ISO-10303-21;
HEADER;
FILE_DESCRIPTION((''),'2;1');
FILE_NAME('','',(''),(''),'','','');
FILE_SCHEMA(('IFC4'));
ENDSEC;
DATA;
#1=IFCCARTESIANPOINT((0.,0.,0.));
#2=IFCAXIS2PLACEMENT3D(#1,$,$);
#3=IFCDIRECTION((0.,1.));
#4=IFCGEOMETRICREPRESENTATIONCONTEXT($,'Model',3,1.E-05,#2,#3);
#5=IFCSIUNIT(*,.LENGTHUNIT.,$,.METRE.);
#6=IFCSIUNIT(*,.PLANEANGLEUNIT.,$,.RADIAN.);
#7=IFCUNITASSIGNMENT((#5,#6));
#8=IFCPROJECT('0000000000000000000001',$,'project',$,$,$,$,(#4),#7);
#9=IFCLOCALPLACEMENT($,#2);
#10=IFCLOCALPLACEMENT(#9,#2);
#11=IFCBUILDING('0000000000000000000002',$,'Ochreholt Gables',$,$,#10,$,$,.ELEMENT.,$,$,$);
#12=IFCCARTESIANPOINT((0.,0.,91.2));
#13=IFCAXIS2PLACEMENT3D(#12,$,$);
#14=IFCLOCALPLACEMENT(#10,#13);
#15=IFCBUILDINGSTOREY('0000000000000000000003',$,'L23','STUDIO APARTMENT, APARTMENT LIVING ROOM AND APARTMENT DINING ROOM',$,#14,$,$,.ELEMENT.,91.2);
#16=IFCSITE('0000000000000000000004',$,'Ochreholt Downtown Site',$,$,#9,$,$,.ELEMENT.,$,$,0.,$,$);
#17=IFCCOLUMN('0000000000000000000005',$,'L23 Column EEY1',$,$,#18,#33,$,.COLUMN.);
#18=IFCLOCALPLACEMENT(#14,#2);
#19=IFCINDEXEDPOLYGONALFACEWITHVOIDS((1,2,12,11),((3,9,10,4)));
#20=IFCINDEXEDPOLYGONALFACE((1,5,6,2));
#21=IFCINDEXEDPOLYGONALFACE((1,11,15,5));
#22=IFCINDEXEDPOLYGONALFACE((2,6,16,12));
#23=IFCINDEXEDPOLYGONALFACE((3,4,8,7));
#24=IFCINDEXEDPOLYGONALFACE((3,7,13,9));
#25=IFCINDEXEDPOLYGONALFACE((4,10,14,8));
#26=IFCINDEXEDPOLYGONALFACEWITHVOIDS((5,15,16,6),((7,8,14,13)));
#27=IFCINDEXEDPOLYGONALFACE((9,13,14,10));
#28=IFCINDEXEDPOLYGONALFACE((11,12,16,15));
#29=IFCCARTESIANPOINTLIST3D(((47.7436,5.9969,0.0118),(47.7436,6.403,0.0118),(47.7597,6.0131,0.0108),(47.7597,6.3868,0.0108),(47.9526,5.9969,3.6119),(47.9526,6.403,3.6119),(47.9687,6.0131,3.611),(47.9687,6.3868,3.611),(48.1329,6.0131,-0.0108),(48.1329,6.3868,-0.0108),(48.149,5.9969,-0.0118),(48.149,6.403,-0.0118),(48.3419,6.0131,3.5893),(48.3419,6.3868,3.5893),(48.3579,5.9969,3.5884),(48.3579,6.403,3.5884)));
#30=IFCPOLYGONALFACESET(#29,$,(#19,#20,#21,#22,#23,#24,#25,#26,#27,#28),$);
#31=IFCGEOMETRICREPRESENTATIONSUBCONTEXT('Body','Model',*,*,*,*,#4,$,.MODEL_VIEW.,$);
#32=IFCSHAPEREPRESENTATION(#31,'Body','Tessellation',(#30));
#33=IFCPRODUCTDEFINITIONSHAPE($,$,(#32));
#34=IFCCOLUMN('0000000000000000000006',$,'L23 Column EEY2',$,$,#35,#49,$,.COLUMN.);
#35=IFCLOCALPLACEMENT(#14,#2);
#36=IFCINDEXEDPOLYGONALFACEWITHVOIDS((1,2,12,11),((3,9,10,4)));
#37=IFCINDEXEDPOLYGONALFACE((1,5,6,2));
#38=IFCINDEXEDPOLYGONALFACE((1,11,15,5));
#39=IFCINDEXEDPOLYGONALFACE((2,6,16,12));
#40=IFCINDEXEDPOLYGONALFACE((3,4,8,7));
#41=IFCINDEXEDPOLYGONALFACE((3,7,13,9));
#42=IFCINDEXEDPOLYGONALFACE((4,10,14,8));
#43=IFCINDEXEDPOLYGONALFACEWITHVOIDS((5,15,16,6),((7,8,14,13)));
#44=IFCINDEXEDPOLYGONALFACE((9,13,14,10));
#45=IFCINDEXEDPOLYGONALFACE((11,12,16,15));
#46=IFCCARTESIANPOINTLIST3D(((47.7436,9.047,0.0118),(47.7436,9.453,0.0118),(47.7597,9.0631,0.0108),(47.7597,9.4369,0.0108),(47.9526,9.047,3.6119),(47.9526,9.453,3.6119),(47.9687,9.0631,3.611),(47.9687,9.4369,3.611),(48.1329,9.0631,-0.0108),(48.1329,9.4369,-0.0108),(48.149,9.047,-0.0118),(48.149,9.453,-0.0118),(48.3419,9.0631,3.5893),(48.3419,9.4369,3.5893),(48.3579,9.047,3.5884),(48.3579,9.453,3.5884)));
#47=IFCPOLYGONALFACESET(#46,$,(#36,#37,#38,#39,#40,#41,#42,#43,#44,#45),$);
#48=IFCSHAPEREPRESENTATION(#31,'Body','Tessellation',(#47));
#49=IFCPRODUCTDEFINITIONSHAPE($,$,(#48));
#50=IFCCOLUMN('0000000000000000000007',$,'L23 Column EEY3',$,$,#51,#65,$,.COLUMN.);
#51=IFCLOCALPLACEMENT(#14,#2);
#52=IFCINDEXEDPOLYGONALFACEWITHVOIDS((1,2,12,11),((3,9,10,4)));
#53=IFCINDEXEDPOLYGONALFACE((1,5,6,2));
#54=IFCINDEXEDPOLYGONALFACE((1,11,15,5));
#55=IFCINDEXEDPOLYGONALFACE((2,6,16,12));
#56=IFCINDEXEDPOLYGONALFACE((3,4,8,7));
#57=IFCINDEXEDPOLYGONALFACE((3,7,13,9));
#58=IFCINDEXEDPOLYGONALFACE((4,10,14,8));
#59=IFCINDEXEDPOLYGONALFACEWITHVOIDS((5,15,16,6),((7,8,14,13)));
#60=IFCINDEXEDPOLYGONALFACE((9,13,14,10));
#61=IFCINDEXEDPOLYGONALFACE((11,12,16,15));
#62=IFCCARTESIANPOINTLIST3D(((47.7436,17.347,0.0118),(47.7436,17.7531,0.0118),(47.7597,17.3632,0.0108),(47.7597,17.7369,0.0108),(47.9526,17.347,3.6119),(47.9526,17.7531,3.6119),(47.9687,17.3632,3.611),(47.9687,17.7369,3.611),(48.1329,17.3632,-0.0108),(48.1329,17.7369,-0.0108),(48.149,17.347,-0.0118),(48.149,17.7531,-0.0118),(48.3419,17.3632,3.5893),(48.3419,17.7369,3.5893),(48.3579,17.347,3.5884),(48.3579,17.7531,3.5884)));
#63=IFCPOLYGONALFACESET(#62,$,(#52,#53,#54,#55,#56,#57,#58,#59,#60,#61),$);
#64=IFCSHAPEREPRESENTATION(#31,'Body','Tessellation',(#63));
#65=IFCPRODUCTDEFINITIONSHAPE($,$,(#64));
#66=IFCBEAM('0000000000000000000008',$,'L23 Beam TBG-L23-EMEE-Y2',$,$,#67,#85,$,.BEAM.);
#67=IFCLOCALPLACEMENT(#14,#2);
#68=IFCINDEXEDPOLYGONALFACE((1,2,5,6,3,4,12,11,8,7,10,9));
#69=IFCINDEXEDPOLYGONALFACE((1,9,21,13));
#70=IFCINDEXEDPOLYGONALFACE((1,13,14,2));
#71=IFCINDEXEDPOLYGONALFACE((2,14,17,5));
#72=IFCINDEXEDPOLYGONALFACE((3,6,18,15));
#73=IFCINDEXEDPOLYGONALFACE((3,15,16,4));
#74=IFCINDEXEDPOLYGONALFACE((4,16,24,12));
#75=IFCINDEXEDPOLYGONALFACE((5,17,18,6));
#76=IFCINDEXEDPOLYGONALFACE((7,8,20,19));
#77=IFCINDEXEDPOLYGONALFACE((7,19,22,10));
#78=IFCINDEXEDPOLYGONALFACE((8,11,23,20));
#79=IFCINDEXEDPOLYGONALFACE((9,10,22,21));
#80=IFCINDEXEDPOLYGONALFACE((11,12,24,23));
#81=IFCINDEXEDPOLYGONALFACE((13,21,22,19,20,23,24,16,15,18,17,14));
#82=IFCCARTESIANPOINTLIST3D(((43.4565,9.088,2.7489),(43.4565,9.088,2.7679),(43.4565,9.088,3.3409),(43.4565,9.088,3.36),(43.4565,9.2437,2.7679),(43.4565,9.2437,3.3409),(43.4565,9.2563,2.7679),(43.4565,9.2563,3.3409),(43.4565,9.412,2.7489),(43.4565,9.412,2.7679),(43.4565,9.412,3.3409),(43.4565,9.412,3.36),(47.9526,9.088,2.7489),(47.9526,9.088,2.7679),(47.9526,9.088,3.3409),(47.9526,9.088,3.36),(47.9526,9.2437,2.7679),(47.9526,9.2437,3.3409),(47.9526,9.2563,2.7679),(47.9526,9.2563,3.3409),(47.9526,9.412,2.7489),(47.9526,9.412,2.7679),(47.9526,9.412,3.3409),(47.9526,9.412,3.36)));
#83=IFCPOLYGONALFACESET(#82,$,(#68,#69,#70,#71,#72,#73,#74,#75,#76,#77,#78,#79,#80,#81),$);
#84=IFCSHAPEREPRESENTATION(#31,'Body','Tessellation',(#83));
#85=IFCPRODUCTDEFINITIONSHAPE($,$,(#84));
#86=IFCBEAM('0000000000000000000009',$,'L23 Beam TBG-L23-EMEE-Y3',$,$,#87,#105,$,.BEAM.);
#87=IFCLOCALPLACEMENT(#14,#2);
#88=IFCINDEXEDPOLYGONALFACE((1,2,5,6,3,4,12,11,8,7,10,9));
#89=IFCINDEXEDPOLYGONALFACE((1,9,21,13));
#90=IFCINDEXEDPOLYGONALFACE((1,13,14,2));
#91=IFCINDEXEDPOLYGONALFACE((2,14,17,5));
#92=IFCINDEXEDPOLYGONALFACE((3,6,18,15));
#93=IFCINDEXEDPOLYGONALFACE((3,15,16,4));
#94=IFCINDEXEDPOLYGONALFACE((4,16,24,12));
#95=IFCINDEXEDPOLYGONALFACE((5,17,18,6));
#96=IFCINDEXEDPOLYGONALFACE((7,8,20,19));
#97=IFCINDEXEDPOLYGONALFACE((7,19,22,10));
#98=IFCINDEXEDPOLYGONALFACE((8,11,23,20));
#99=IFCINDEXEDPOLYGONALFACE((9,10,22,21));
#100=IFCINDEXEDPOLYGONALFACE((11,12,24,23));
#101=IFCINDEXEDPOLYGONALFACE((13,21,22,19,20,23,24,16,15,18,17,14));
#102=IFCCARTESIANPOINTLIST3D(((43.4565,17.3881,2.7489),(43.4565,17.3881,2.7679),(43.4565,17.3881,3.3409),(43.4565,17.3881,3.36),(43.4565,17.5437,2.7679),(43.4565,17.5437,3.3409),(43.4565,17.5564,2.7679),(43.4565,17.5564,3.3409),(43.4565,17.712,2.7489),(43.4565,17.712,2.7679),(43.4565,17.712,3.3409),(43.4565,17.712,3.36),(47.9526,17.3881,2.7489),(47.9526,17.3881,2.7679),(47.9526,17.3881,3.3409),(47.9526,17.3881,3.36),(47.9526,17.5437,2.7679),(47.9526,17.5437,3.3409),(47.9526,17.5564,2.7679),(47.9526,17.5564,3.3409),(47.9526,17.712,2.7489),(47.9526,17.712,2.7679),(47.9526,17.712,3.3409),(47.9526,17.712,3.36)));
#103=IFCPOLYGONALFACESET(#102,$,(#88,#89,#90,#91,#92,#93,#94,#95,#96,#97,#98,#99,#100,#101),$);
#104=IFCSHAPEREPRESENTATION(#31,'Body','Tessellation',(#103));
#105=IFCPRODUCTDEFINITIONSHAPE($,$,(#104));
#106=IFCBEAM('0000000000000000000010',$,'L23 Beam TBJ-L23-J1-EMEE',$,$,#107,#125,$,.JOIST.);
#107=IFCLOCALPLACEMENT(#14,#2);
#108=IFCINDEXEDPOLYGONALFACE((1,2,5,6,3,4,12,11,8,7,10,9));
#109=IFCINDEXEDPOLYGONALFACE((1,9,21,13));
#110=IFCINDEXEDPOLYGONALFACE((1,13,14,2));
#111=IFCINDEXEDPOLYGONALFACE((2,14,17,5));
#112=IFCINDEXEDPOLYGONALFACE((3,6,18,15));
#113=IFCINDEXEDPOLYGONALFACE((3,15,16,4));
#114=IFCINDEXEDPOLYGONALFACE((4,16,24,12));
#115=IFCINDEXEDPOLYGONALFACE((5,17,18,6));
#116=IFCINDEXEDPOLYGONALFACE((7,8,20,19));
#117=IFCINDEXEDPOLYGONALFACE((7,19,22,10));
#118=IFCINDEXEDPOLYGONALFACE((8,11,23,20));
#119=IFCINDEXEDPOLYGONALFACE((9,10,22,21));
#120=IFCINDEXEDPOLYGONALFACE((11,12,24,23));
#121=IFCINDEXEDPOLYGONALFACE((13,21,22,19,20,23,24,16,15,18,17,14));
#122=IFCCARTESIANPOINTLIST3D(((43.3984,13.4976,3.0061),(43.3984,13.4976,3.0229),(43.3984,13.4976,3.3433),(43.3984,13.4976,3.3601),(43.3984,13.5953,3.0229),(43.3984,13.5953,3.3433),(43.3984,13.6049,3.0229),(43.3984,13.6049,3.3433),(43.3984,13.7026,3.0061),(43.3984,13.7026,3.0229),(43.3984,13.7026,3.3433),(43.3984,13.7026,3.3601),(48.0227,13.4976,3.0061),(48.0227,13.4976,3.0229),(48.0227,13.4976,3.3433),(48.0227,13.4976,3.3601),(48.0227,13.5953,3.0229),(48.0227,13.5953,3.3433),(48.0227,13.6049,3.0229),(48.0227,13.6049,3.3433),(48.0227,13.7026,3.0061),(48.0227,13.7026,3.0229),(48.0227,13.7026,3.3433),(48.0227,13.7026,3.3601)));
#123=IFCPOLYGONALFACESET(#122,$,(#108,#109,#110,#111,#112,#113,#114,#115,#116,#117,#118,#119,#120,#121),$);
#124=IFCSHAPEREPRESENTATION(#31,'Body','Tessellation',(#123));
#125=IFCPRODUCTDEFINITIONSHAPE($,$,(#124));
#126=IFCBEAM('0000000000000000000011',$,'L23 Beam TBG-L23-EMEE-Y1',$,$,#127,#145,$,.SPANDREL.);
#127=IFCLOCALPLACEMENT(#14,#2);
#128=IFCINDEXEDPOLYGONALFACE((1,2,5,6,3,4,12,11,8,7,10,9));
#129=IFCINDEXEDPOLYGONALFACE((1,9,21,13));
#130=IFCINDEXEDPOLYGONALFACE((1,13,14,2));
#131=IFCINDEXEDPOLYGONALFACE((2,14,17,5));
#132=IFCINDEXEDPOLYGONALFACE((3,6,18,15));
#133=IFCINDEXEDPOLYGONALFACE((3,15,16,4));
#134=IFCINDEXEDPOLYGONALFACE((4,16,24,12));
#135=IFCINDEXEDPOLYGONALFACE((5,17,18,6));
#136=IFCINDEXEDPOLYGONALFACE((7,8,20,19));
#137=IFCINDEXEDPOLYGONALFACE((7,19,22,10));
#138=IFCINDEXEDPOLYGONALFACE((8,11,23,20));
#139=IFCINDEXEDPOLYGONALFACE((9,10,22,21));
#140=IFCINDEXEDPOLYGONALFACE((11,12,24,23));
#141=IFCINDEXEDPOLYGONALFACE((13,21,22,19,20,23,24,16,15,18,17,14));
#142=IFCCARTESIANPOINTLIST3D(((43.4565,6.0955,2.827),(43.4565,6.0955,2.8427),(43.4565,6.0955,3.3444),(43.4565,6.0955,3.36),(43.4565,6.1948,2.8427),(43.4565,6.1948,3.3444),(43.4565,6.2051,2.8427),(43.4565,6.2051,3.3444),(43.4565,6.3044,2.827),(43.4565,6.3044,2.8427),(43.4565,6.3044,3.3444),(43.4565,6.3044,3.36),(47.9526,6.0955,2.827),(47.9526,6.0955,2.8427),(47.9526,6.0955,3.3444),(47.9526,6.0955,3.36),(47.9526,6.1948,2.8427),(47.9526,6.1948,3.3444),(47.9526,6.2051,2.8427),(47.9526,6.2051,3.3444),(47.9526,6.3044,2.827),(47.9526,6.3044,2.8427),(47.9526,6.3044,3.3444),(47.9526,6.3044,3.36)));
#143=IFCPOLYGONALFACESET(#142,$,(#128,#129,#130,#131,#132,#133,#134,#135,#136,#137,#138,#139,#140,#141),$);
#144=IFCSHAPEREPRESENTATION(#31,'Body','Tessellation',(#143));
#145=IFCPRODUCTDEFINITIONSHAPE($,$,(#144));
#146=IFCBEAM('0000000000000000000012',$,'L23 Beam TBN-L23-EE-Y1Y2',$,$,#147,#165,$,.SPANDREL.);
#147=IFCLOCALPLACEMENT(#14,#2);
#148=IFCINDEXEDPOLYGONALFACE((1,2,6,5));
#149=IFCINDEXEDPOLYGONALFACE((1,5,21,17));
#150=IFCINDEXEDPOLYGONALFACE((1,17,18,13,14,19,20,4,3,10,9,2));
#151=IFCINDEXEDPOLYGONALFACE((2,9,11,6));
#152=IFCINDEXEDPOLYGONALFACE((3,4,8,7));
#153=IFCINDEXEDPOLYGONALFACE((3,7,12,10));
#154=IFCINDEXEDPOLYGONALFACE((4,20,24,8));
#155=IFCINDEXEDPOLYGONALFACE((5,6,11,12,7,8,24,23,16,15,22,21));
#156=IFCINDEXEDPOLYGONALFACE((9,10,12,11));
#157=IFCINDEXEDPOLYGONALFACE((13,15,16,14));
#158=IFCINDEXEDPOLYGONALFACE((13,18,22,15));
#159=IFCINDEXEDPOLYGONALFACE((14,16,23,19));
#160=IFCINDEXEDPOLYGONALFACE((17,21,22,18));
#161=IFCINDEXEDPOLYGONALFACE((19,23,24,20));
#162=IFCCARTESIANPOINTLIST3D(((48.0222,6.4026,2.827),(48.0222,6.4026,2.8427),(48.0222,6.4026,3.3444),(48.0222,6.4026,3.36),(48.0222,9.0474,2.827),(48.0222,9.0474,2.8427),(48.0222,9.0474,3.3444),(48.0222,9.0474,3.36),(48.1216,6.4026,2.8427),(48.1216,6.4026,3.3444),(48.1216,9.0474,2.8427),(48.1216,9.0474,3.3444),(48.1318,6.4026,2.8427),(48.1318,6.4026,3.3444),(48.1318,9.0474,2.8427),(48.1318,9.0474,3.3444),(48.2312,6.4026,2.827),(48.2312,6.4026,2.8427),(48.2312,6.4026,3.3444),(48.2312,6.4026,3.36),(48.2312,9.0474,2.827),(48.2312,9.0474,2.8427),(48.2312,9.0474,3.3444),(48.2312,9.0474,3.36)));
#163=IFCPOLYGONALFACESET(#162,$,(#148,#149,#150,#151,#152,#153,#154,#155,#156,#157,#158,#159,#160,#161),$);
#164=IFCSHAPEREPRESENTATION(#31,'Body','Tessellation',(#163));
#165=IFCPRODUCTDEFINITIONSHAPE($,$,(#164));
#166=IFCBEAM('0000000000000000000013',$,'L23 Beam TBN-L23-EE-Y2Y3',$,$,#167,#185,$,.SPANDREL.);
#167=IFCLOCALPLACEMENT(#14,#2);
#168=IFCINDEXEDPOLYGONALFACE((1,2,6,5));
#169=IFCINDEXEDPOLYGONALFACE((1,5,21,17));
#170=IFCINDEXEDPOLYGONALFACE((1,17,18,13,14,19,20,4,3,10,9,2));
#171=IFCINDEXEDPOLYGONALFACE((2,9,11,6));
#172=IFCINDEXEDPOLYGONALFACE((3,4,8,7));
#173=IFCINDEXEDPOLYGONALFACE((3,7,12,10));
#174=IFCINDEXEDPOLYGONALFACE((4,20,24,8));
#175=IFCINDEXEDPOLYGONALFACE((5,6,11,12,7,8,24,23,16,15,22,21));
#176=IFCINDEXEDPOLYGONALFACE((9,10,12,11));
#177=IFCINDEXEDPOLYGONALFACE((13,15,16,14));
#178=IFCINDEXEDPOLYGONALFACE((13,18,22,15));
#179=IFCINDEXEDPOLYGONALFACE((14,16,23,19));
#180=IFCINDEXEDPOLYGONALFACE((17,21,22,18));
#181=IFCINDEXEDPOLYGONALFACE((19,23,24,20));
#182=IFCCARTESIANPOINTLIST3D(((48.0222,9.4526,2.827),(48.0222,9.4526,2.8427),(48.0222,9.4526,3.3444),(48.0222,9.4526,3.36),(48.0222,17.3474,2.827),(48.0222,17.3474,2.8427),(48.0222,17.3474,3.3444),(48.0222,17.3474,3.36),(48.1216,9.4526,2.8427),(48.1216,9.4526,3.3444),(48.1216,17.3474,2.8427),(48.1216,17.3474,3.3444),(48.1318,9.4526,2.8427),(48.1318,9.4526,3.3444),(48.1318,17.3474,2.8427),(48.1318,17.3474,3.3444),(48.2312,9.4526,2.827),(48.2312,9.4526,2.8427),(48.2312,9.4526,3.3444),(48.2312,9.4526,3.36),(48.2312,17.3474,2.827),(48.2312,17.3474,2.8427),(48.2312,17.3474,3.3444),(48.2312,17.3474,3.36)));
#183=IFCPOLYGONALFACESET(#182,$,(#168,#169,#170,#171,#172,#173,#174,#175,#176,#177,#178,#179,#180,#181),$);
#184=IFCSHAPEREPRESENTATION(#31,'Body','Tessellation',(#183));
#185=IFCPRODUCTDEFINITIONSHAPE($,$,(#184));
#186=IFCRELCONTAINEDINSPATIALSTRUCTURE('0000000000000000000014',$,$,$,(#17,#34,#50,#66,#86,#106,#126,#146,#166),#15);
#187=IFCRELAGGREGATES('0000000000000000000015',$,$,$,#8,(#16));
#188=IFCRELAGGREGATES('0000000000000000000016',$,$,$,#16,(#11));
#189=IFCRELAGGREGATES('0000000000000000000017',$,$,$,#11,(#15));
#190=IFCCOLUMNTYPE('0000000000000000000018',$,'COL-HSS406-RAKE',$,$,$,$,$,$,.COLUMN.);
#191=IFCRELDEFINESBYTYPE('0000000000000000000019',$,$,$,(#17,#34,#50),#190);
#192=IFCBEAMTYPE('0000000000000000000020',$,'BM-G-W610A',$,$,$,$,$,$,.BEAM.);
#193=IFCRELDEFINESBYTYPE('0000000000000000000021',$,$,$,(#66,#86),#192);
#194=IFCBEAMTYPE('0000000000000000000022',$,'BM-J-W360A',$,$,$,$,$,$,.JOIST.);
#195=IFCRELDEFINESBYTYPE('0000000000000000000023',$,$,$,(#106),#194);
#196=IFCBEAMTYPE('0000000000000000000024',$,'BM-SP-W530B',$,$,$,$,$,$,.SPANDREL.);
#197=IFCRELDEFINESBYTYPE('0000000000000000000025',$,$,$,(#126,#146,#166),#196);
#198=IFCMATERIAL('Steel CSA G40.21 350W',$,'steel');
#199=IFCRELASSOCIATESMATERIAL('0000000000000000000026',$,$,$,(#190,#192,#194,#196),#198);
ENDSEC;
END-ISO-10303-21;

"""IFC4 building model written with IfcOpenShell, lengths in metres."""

from ifc_helpers import new_model, si_unit, direction, frame, origin, origin_2d, place, context, subcontext, project, spatial, hollow_rectangle, i_section, extrude, material, material_profile, profile_set, type_object, element, save


model = new_model("IFC4")

# Units and contexts
model_context = context("Model", 3, precision=1e-05, world=origin(), true_north=direction((0.0, 1.0)))
body_context = subcontext(model_context, "Body", "Model", "MODEL_VIEW")
ifc_project = project(units=[si_unit("LENGTHUNIT", "METRE"), si_unit("PLANEANGLEUNIT", "RADIAN")], contexts=[model_context])

# Site, building, storey
site_placement = place(None, origin())
site = spatial("IfcSite", under=ifc_project, at=site_placement, Name="Ochreholt Downtown Site", CompositionType="ELEMENT", RefElevation=0.0)
building_placement = place(site_placement, origin())
building = spatial("IfcBuilding", under=site, at=building_placement, Name="Ochreholt Gables", CompositionType="ELEMENT")
storey_placement = place(building_placement, frame((0.0, 0.0, 91.2)))
storey = spatial("IfcBuildingStorey", under=building, at=storey_placement, Name="L23", Description="STUDIO APARTMENT, APARTMENT LIVING ROOM AND APARTMENT DINING ROOM", CompositionType="ELEMENT", Elevation=91.2)

# Columns
ifc_material_1 = material(Name="Steel CSA G40.21 350W", Category="steel")
ifc_material_profile_1 = material_profile(ifc_material_1, hollow_rectangle(XDim=0.406, YDim=0.406, WallThickness=0.0161, at=origin_2d()), Name="HSS406X406X16")
ifc_profile_set_1 = profile_set([ifc_material_profile_1], Name="Steel CSA G40.21 350W")
column_type = type_object("IfcColumnType", Name="COL-HSS406-RAKE", PredefinedType="COLUMN", material=ifc_profile_set_1)
for number, where, z_axis, x_axis, name in (
    (1, (47.9463, 6.2, 0.0), (0.057952, 0.0, 0.998319), (0.0, 1.0, 0.0), "L23 Column EEY1"),
    (2, (47.9463, 9.25, 0.0), (0.057952, 0.0, 0.998319), (0.0, 1.0, 0.0), "L23 Column EEY2"),
    (3, (47.9463, 17.55, 0.0), (0.057952, 0.0, 0.998319), (0.0, 1.0, 0.0), "L23 Column EEY3"),
):
    element("IfcColumn", number, at=place(storey_placement, frame(where, z_axis=z_axis, x_axis=x_axis)), inside=storey, type_object=column_type, Name=name, PredefinedType="COLUMN", context=body_context, shape_type="SweptSolid", body=[
        extrude(hollow_rectangle(XDim=0.406, YDim=0.406, WallThickness=0.0161, at=origin_2d()), origin(), (0.0, 0.0, 1.0), 3.6062),
    ])

# Beams
ifc_material_profile_2 = material_profile(ifc_material_1, i_section(OverallWidth=0.324, OverallDepth=0.6111, WebThickness=0.0127, FlangeThickness=0.019, at=origin_2d()), Name="W610X155")
ifc_profile_set_2 = profile_set([ifc_material_profile_2], Name="Steel CSA G40.21 350W")
beam_type_1 = type_object("IfcBeamType", Name="BM-G-W610A", PredefinedType="BEAM", material=ifc_profile_set_2)
for number, where, z_axis, x_axis, name in (
    (4, (43.4565, 9.25, 3.0544), (1.0, 0.0, 0.0), (0.0, 1.0, 0.0), "L23 Beam TBG-L23-EMEE-Y2"),
    (5, (43.4565, 17.55, 3.0544), (1.0, 0.0, 0.0), (0.0, 1.0, 0.0), "L23 Beam TBG-L23-EMEE-Y3"),
):
    element("IfcBeam", number, at=place(storey_placement, frame(where, z_axis=z_axis, x_axis=x_axis)), inside=storey, type_object=beam_type_1, Name=name, PredefinedType="BEAM", context=body_context, shape_type="SweptSolid", body=[
        extrude(i_section(OverallWidth=0.324, OverallDepth=0.6111, WebThickness=0.0127, FlangeThickness=0.019, at=origin_2d()), origin(), (0.0, 0.0, 1.0), 4.4961),
    ])
ifc_material_profile_3 = material_profile(ifc_material_1, i_section(OverallWidth=0.2051, OverallDepth=0.354, WebThickness=0.0095, FlangeThickness=0.0168, at=origin_2d()), Name="W360X79")
ifc_profile_set_3 = profile_set([ifc_material_profile_3], Name="Steel CSA G40.21 350W")
beam_type_2 = type_object("IfcBeamType", Name="BM-J-W360A", PredefinedType="JOIST", material=ifc_profile_set_3)
beam_1_placement = place(storey_placement, frame((43.3984, 13.6001, 3.1831), z_axis=(1.0, 0.0, 0.0), x_axis=(0.0, 1.0, 0.0)))
element("IfcBeam", 6, at=beam_1_placement, inside=storey, type_object=beam_type_2, Name="L23 Beam TBJ-L23-J1-EMEE", PredefinedType="JOIST", context=body_context, shape_type="SweptSolid", body=[
    extrude(i_section(OverallWidth=0.2051, OverallDepth=0.354, WebThickness=0.0095, FlangeThickness=0.0168, at=origin_2d()), origin(), (0.0, 0.0, 1.0), 4.6243),
])
ifc_material_profile_4 = material_profile(ifc_material_1, i_section(OverallWidth=0.209, OverallDepth=0.533, WebThickness=0.0103, FlangeThickness=0.0156, at=origin_2d()), Name="W530X92")
ifc_profile_set_4 = profile_set([ifc_material_profile_4], Name="Steel CSA G40.21 350W")
beam_type_3 = type_object("IfcBeamType", Name="BM-SP-W530B", PredefinedType="SPANDREL", material=ifc_profile_set_4)
beam_2_placement = place(storey_placement, frame((43.4565, 6.2, 3.0935), z_axis=(1.0, 0.0, 0.0), x_axis=(0.0, 1.0, 0.0)))
element("IfcBeam", 7, at=beam_2_placement, inside=storey, type_object=beam_type_3, Name="L23 Beam TBG-L23-EMEE-Y1", PredefinedType="SPANDREL", context=body_context, shape_type="SweptSolid", body=[
    extrude(i_section(OverallWidth=0.209, OverallDepth=0.533, WebThickness=0.0103, FlangeThickness=0.0156, at=origin_2d()), origin(), (0.0, 0.0, 1.0), 4.4961),
])
beam_3_placement = place(storey_placement, frame((48.1267, 6.4026, 3.0935), z_axis=(0.0, 1.0, 0.0), x_axis=(-1.0, 0.0, 0.0)))
element("IfcBeam", 8, at=beam_3_placement, inside=storey, type_object=beam_type_3, Name="L23 Beam TBN-L23-EE-Y1Y2", PredefinedType="SPANDREL", context=body_context, shape_type="SweptSolid", body=[
    extrude(i_section(OverallWidth=0.209, OverallDepth=0.533, WebThickness=0.0103, FlangeThickness=0.0156, at=origin_2d()), origin(), (0.0, 0.0, 1.0), 2.6448),
])
beam_4_placement = place(storey_placement, frame((48.1267, 9.4526, 3.0935), z_axis=(0.0, 1.0, 0.0), x_axis=(-1.0, 0.0, 0.0)))
element("IfcBeam", 9, at=beam_4_placement, inside=storey, type_object=beam_type_3, Name="L23 Beam TBN-L23-EE-Y2Y3", PredefinedType="SPANDREL", context=body_context, shape_type="SweptSolid", body=[
    extrude(i_section(OverallWidth=0.209, OverallDepth=0.533, WebThickness=0.0103, FlangeThickness=0.0156, at=origin_2d()), origin(), (0.0, 0.0, 1.0), 7.8948),
])

save(model, "model.ifc")
